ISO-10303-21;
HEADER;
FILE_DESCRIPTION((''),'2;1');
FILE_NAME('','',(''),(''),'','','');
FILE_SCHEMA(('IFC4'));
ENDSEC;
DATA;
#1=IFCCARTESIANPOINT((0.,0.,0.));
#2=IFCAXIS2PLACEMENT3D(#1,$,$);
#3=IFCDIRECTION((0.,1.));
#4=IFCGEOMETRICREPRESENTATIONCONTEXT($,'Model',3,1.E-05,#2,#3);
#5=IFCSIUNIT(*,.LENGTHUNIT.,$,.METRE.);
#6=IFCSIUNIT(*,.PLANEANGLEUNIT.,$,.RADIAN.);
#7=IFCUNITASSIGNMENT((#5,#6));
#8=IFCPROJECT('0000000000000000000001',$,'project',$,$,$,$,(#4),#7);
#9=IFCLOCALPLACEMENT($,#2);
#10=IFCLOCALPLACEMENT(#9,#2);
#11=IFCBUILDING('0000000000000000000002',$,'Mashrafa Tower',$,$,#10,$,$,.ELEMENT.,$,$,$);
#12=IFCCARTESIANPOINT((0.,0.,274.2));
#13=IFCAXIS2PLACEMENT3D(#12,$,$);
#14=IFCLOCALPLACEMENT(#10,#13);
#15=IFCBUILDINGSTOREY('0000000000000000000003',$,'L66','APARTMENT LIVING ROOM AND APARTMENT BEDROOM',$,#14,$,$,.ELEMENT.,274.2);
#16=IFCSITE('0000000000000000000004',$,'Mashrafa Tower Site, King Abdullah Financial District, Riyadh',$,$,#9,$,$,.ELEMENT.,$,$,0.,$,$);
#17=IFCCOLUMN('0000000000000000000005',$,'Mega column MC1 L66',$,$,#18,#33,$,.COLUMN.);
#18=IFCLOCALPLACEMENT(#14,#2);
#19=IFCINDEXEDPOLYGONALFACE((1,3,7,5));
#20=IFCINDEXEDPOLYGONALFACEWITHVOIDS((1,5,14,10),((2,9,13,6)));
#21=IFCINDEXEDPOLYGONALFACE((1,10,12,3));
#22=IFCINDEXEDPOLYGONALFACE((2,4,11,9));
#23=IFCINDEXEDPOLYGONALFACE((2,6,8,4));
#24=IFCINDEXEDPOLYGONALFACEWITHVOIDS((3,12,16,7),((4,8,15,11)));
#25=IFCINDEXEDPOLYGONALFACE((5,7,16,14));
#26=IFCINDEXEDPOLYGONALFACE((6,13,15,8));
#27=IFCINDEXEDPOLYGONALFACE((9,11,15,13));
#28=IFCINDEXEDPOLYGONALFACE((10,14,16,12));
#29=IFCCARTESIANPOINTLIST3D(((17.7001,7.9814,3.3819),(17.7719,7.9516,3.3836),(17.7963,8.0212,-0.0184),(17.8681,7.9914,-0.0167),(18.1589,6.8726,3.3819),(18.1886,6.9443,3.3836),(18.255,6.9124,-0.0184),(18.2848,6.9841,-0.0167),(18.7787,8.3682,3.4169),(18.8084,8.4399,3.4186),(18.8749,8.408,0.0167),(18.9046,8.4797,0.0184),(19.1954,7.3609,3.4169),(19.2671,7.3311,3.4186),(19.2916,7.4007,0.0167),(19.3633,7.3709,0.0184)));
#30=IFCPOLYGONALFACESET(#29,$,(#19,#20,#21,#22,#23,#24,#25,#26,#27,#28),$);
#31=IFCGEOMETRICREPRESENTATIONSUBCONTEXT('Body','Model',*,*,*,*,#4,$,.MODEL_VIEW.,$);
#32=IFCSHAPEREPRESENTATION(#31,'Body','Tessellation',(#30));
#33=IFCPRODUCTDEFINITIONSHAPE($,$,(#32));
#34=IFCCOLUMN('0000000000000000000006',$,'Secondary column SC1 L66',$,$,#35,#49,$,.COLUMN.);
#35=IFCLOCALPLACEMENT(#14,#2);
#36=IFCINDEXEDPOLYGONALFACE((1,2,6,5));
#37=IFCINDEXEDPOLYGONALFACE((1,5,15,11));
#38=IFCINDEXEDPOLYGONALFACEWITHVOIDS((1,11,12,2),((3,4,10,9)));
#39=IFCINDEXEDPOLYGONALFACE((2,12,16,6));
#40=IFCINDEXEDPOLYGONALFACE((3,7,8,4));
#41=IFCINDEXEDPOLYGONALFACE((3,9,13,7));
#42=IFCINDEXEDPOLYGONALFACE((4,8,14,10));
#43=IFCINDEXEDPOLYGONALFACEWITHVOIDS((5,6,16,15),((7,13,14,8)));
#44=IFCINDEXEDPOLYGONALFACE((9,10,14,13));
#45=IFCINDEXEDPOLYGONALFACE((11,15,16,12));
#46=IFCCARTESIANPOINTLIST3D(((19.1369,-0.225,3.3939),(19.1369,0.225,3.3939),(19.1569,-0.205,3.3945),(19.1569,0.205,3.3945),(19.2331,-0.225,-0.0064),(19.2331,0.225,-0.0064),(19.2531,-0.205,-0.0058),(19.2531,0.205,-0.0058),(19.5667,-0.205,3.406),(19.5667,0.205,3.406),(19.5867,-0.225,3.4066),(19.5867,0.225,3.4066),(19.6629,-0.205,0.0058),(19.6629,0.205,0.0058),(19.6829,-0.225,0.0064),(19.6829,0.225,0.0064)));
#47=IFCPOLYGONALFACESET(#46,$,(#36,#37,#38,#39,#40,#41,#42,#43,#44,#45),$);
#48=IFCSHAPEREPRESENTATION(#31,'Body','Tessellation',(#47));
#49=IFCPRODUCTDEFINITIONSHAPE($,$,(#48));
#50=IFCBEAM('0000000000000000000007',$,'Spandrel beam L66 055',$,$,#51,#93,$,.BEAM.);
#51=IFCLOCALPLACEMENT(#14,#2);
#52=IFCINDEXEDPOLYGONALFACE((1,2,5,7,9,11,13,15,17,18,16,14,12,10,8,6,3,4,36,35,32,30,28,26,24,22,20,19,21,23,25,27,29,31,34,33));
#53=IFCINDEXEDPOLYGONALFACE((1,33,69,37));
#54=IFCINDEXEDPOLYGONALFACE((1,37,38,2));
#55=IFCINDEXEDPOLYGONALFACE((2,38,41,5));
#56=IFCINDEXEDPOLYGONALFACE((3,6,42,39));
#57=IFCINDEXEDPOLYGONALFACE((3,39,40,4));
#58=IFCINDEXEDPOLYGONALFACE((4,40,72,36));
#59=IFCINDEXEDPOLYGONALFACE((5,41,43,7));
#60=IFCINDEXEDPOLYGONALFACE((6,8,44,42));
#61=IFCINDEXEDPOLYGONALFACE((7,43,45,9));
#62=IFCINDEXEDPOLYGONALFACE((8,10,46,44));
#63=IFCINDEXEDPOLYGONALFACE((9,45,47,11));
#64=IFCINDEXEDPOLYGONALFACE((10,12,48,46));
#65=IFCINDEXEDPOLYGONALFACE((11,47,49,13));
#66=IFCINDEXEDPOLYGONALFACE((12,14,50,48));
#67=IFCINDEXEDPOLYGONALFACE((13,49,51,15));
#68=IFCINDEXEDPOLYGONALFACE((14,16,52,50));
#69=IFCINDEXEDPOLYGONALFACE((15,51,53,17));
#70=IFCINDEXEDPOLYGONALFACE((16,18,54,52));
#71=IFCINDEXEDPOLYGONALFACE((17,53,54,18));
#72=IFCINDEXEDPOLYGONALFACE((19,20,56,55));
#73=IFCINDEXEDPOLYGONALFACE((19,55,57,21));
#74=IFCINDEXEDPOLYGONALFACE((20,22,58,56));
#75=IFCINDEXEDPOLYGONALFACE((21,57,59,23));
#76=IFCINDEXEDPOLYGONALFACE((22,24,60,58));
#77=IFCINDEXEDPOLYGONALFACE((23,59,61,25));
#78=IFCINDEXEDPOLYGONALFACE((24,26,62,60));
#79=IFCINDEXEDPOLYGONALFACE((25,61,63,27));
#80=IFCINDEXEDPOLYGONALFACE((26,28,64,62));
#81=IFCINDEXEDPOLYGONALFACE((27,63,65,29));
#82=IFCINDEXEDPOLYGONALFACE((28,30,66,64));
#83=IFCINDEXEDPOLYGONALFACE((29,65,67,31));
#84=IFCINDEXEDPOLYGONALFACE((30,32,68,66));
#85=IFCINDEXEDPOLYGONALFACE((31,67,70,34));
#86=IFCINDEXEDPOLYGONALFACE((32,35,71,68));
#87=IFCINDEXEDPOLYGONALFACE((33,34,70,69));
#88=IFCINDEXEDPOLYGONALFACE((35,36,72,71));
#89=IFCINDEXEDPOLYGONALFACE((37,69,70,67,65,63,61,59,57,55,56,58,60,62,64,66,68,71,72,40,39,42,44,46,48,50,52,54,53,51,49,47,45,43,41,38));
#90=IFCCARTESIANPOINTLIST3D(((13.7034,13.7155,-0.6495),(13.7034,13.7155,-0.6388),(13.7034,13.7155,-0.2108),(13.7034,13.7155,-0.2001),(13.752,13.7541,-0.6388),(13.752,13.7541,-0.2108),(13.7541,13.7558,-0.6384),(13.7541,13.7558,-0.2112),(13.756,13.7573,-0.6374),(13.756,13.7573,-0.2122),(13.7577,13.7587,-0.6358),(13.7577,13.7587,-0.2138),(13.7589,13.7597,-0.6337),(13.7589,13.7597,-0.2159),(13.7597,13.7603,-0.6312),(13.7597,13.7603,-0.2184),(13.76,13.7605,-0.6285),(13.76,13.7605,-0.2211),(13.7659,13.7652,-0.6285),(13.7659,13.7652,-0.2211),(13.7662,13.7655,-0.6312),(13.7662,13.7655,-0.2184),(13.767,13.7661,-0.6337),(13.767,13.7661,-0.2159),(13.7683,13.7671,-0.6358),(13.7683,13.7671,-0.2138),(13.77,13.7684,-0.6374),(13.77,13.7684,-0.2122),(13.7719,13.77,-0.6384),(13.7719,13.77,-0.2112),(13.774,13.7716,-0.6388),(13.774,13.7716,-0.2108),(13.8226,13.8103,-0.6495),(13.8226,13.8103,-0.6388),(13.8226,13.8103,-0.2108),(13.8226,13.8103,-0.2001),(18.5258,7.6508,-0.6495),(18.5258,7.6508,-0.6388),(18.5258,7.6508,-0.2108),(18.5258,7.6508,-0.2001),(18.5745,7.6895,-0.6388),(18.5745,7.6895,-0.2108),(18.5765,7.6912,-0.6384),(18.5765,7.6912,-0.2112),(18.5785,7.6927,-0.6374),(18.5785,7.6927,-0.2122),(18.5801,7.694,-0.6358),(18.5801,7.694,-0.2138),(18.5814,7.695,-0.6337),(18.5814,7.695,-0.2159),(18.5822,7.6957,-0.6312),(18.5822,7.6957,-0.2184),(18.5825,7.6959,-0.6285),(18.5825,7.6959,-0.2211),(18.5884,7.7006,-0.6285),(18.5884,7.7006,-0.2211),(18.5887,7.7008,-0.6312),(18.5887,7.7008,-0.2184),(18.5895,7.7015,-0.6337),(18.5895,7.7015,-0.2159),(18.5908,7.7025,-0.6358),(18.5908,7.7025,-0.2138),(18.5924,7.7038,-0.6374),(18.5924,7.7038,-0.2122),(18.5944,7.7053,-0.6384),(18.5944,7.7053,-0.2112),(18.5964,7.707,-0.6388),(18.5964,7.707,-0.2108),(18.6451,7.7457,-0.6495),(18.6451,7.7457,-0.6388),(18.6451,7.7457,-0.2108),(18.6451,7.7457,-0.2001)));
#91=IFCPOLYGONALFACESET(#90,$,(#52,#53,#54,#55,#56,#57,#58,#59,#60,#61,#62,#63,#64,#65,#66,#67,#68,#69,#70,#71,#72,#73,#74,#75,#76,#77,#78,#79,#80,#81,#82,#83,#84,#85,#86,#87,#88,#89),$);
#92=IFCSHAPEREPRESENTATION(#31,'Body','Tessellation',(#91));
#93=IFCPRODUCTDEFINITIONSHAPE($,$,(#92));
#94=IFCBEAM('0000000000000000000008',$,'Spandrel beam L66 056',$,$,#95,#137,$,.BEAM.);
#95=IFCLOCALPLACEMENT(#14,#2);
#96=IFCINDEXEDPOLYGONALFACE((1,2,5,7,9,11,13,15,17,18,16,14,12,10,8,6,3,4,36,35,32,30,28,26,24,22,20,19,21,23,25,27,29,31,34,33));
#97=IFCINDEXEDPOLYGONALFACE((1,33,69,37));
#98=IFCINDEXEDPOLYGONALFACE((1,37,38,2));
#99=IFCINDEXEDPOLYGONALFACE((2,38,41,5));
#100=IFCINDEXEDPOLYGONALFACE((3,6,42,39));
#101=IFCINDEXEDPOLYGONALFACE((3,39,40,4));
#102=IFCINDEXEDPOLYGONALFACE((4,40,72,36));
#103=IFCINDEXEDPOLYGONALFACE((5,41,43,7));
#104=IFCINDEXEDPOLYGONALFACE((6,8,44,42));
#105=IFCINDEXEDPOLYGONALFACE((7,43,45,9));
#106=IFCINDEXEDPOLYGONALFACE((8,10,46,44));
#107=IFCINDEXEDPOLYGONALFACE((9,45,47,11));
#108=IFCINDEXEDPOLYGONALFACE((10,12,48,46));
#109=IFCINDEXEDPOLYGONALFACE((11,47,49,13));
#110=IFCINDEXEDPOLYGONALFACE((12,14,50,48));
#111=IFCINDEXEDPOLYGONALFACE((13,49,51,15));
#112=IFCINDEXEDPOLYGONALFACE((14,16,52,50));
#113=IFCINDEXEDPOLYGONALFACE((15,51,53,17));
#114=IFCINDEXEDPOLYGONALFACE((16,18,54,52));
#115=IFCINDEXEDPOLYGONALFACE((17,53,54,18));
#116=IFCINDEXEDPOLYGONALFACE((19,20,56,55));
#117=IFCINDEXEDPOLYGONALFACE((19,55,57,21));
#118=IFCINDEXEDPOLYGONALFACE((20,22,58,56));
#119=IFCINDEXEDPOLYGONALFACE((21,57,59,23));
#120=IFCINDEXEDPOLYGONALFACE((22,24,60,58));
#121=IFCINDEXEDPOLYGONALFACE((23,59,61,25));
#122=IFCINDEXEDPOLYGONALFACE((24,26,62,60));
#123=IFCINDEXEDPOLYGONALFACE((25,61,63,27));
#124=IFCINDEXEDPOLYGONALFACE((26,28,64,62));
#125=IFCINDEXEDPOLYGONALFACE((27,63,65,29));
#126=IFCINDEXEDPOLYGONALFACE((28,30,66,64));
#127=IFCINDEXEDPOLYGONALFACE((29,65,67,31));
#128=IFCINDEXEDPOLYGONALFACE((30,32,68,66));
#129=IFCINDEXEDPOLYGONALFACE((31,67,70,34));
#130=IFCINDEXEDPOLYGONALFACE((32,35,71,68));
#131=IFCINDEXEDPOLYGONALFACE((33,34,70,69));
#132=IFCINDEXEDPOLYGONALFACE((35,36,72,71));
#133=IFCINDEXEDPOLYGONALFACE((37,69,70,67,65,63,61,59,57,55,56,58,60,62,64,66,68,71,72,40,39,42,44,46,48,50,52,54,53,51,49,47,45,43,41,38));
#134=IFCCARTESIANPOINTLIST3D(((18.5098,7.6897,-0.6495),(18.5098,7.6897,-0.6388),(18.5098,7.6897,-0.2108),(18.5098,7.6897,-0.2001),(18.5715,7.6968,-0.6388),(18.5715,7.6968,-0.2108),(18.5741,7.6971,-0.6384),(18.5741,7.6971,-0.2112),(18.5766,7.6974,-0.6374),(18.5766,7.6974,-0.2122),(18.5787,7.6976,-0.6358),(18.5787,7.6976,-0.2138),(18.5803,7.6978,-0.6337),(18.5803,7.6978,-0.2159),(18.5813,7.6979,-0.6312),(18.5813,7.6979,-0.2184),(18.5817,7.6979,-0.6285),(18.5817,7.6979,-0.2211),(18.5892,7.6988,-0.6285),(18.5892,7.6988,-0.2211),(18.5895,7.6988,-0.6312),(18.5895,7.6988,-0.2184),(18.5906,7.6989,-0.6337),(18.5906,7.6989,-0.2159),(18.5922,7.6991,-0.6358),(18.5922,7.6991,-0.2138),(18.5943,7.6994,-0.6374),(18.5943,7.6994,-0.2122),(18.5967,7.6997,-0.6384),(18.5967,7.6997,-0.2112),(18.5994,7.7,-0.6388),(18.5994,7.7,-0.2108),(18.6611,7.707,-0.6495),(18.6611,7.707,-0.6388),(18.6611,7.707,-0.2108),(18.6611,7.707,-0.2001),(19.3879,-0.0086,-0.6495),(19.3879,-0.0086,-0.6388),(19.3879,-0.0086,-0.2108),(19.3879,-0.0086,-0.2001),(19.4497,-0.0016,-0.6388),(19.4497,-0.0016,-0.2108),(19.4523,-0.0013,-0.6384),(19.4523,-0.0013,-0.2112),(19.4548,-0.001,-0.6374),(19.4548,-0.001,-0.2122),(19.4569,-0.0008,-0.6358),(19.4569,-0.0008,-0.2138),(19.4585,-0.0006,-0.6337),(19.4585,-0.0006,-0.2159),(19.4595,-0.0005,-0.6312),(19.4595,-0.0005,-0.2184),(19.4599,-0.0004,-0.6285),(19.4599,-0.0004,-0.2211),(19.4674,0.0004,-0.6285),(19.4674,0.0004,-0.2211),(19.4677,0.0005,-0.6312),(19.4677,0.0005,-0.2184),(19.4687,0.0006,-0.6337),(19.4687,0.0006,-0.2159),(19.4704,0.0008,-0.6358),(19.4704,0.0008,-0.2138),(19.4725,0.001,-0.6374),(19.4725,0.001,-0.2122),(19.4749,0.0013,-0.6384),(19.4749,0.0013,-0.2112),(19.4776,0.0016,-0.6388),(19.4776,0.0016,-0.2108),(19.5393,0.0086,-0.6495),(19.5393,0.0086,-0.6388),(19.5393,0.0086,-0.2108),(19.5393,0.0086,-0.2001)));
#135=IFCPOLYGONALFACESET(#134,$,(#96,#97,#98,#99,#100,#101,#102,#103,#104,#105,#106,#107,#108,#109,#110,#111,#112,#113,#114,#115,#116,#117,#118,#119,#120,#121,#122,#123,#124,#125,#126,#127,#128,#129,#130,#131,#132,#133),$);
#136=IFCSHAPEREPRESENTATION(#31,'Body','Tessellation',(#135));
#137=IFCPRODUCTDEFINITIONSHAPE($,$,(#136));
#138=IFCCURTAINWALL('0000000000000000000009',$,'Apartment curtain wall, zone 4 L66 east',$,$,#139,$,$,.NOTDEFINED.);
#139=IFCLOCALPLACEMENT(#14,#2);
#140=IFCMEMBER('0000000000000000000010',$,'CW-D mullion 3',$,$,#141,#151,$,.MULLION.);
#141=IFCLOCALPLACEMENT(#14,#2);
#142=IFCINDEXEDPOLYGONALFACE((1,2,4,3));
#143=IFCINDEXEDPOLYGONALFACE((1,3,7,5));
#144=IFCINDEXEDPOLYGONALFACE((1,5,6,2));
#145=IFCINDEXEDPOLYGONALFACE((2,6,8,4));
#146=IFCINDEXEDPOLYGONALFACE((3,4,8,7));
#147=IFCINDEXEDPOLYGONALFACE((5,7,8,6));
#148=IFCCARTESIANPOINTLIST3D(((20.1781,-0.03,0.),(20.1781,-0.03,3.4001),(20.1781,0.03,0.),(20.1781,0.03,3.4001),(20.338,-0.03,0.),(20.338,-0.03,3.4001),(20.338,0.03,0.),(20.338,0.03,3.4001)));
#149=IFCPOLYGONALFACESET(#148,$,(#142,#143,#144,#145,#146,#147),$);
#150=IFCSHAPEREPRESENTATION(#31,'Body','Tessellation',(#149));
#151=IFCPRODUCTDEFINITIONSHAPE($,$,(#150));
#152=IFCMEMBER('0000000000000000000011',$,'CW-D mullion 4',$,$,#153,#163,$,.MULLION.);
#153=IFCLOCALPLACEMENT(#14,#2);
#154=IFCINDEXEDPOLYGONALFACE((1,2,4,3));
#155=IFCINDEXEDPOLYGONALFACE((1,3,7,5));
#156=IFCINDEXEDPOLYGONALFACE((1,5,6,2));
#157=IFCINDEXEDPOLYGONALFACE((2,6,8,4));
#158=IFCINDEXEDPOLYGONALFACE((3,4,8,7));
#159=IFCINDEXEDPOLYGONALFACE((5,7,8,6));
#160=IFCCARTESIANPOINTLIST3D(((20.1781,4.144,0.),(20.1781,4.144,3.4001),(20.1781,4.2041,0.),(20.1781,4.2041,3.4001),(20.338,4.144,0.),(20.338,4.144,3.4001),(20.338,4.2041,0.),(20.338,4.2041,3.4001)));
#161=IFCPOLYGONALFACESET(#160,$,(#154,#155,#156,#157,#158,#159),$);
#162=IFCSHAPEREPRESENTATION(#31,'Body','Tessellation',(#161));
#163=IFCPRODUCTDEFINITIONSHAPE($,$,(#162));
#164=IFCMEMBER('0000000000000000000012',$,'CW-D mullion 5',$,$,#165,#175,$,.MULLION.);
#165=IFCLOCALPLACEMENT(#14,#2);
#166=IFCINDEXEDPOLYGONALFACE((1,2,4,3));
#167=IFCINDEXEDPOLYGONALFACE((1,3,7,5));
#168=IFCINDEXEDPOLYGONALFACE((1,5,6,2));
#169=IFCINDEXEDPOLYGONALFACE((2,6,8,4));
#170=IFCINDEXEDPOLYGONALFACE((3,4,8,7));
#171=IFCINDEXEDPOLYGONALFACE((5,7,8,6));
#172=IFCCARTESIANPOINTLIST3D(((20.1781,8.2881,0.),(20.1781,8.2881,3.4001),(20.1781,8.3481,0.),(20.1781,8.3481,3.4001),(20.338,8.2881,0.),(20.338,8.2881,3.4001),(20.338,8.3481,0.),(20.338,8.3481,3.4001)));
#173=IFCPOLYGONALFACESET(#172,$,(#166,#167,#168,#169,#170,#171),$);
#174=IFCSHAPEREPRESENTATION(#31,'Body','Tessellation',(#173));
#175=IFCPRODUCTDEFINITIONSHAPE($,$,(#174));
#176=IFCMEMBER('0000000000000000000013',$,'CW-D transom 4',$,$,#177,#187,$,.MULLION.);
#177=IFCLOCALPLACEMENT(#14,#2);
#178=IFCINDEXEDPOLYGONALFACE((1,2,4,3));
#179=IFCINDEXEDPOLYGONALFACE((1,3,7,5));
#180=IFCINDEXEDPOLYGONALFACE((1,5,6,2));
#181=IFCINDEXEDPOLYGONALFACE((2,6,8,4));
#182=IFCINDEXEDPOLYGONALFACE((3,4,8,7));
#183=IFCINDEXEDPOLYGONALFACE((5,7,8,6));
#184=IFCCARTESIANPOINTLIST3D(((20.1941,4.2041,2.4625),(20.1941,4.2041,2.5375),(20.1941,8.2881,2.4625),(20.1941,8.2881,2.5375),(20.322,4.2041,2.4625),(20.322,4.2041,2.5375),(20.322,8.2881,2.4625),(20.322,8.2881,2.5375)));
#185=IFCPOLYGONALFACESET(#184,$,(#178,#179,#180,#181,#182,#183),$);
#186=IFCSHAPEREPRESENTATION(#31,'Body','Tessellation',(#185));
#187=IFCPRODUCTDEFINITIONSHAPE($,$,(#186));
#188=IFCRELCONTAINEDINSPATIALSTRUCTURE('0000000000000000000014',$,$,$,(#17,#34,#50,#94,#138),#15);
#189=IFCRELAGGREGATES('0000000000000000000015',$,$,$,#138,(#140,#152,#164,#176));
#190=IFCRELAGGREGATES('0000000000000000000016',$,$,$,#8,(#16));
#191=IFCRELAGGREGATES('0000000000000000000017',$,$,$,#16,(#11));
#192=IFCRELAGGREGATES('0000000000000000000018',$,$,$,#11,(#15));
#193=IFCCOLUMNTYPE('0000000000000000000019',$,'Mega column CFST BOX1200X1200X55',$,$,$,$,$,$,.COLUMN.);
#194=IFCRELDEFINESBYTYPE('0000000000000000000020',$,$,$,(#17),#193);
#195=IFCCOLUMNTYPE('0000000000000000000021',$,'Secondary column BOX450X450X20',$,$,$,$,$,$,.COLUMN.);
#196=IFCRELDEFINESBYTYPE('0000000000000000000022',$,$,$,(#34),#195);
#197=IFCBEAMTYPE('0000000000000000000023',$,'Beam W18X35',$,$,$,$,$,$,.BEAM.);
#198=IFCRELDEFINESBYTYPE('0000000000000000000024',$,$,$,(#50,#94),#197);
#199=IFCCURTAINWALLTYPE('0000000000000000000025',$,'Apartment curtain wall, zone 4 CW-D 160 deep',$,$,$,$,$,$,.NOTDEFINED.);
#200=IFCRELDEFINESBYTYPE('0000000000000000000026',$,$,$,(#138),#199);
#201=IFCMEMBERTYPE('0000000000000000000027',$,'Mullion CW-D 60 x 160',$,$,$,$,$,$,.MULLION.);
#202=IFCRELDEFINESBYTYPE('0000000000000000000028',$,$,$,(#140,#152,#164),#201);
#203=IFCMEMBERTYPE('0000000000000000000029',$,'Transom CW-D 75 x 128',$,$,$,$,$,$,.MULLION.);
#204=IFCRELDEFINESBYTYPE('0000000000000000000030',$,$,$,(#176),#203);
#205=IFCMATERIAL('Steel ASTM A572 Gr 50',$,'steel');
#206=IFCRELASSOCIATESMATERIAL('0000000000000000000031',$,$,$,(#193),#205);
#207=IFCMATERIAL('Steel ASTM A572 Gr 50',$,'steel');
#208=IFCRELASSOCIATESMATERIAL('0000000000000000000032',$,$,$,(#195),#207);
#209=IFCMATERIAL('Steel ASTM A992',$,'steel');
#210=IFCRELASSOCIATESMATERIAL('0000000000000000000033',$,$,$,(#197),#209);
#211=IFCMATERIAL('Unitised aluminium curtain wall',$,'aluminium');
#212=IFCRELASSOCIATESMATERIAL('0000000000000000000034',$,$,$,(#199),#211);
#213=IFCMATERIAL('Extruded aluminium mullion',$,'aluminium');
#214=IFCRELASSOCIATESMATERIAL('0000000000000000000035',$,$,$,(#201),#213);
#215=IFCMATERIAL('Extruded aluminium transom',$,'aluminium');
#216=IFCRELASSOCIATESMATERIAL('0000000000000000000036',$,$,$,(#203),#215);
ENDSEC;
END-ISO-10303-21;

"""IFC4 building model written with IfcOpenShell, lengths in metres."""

from ifc_helpers import new_model, si_unit, direction, frame, origin, origin_2d, place, context, subcontext, project, spatial, rectangle, hollow_rectangle, i_section, extrude, source, transform, mapped, material, material_profile, profile_set, type_object, type_shapes, element, aggregate, save


model = new_model("IFC4")

# Units and contexts
model_context = context("Model", 3, precision=1e-05, world=origin(), true_north=direction((0.0, 1.0)))
body_context = subcontext(model_context, "Body", "Model", "MODEL_VIEW")
ifc_project = project(units=[si_unit("LENGTHUNIT", "METRE"), si_unit("PLANEANGLEUNIT", "RADIAN")], contexts=[model_context])

# Site, building, storey
site_placement = place(None, origin())
site = spatial("IfcSite", under=ifc_project, at=site_placement, Name="Mashrafa Tower Site, King Abdullah Financial District, Riyadh", CompositionType="ELEMENT", RefElevation=0.0)
building_placement = place(site_placement, origin())
building = spatial("IfcBuilding", under=site, at=building_placement, Name="Mashrafa Tower", CompositionType="ELEMENT")
storey_placement = place(building_placement, frame((0.0, 0.0, 274.2)))
storey = spatial("IfcBuildingStorey", under=building, at=storey_placement, Name="L66", Description="APARTMENT LIVING ROOM AND APARTMENT BEDROOM", CompositionType="ELEMENT", Elevation=274.2)

# Columns
ifc_material_1 = material(Name="Steel ASTM A572 Gr 50", Category="steel")
ifc_material_profile_1 = material_profile(ifc_material_1, hollow_rectangle(XDim=1.2, YDim=1.2, WallThickness=0.0549, at=origin_2d()), Name="BOX1200X1200X55")
ifc_profile_set_1 = profile_set([ifc_material_profile_1], Name="Steel ASTM A572 Gr 50")
column_type_1 = type_object("IfcColumnType", Name="Mega column CFST BOX1200X1200X55", PredefinedType="COLUMN", material=ifc_profile_set_1)
column_1_placement = place(storey_placement, frame((18.5798, 7.696, 0.0), z_axis=(-0.028277, -0.011698, 0.999532), x_axis=(0.382283, -0.924045, 0.0)))
element("IfcColumn", 1, at=column_1_placement, inside=storey, type_object=column_type_1, Name="Mega column MC1 L66", PredefinedType="COLUMN", context=body_context, shape_type="SweptSolid", body=[
    extrude(hollow_rectangle(XDim=1.2, YDim=1.2, WallThickness=0.0549, at=origin_2d()), origin(), (0.0, 0.0, 1.0), 3.4019),
])
ifc_material_2 = material(Name="Steel ASTM A572 Gr 50", Category="steel")
ifc_material_profile_2 = material_profile(ifc_material_2, hollow_rectangle(XDim=0.45, YDim=0.45, WallThickness=0.02, at=origin_2d()), Name="BOX450X450X20")
ifc_profile_set_2 = profile_set([ifc_material_profile_2], Name="Steel ASTM A572 Gr 50")
column_type_2 = type_object("IfcColumnType", Name="Secondary column BOX450X450X20", PredefinedType="COLUMN", material=ifc_profile_set_2)
column_2_placement = place(storey_placement, frame((19.458, 0.0, 0.0), z_axis=(-0.028279, 0.0, 0.9996), x_axis=(0.0, -1.0, 0.0)))
element("IfcColumn", 2, at=column_2_placement, inside=storey, type_object=column_type_2, Name="Secondary column SC1 L66", PredefinedType="COLUMN", context=body_context, shape_type="SweptSolid", body=[
    extrude(hollow_rectangle(XDim=0.45, YDim=0.45, WallThickness=0.02, at=origin_2d()), origin(), (0.0, 0.0, 1.0), 3.4016),
])

# Beams
ifc_material_3 = material(Name="Steel ASTM A992", Category="steel")
ifc_material_profile_3 = material_profile(ifc_material_3, i_section(OverallWidth=0.1523, OverallDepth=0.4495, WebThickness=0.0076, FlangeThickness=0.0107, FilletRadius=0.0103, at=origin_2d()), Name="W18X35")
ifc_profile_set_3 = profile_set([ifc_material_profile_3], Name="Steel ASTM A992")
beam_type = type_object("IfcBeamType", Name="Beam W18X35", PredefinedType="BEAM", material=ifc_profile_set_3)
for number, where, z_axis, x_axis, name in (
    (3, (18.5854, 7.6982, -0.4248), (-0.622391, 0.782707, 0.0), (-0.782707, -0.622391, 0.0), "Spandrel beam L66 055"),
    (4, (19.4636, 0.0, -0.4248), (-0.11334, 0.993556, 0.0), (-0.993556, -0.11334, 0.0), "Spandrel beam L66 056"),
):
    element("IfcBeam", number, at=place(storey_placement, frame(where, z_axis=z_axis, x_axis=x_axis)), inside=storey, type_object=beam_type, Name=name, PredefinedType="BEAM", context=body_context, shape_type="SweptSolid", body=[
        extrude(i_section(OverallWidth=0.1523, OverallDepth=0.4495, WebThickness=0.0076, FlangeThickness=0.0107, FilletRadius=0.0103, at=origin_2d()), origin(), (0.0, 0.0, 1.0), 7.7483),
    ])

# Curtain wall, members
ifc_material_4 = material(Name="Unitised aluminium curtain wall", Category="aluminium")
curtain_wall_type = type_object("IfcCurtainWallType", Name="Apartment curtain wall, zone 4 CW-D 160 deep", PredefinedType="NOTDEFINED", material=ifc_material_4)
curtain_wall_placement = place(storey_placement, origin())
curtain_wall = element("IfcCurtainWall", 5, at=curtain_wall_placement, inside=storey, type_object=curtain_wall_type, Name="Apartment curtain wall, zone 4 L66 east", PredefinedType="NOTDEFINED")
ifc_material_5 = material(Name="Extruded aluminium mullion", Category="aluminium")
ifc_material_profile_4 = material_profile(ifc_material_5, rectangle(XDim=0.1599, YDim=0.0601, at=origin_2d()), Name="Mullion 60x160")
ifc_profile_set_4 = profile_set([ifc_material_profile_4], Name="Extruded aluminium mullion")
member_type_1 = type_object("IfcMemberType", Name="Mullion CW-D 60 x 160", PredefinedType="MULLION", material=ifc_profile_set_4)
shared_shape_1 = source(origin(), body_context, "Body", "SweptSolid", [
    extrude(rectangle(XDim=0.1599, YDim=0.0601, at=origin_2d()), origin(), (0.0, 0.0, 1.0), 3.4001),
])
type_shapes(member_type_1, [shared_shape_1])
member_1_placement = place(storey_placement, frame((20.2581, 0.0, 0.0), z_axis=(0.0, 0.0, 1.0), x_axis=(-1.0, 0.0, 0.0)))
member_1 = element("IfcMember", 6, at=member_1_placement, type_object=member_type_1, Name="CW-D mullion 3", PredefinedType="MULLION", context=body_context, shape_type="MappedRepresentation", body=[
    mapped(shared_shape_1, transform((0.0, 0.0, 0.0))),
])
member_2_placement = place(storey_placement, frame((20.2581, 4.1741, 0.0), z_axis=(0.0, 0.0, 1.0), x_axis=(-1.0, 0.0, 0.0)))
member_2 = element("IfcMember", 7, at=member_2_placement, type_object=member_type_1, Name="CW-D mullion 4", PredefinedType="MULLION", context=body_context, shape_type="MappedRepresentation", body=[
    mapped(shared_shape_1, transform((0.0, 0.0, 0.0))),
])
member_3_placement = place(storey_placement, frame((20.2581, 8.3181, 0.0), z_axis=(0.0, 0.0, 1.0), x_axis=(-1.0, 0.0, 0.0)))
member_3 = element("IfcMember", 8, at=member_3_placement, type_object=member_type_1, Name="CW-D mullion 5", PredefinedType="MULLION", context=body_context, shape_type="MappedRepresentation", body=[
    mapped(shared_shape_1, transform((0.0, 0.0, 0.0))),
])
ifc_material_6 = material(Name="Extruded aluminium transom", Category="aluminium")
ifc_material_profile_5 = material_profile(ifc_material_6, rectangle(XDim=0.1279, YDim=0.075, at=origin_2d()), Name="Transom 75x128")
ifc_profile_set_5 = profile_set([ifc_material_profile_5], Name="Extruded aluminium transom")
member_type_2 = type_object("IfcMemberType", Name="Transom CW-D 75 x 128", PredefinedType="MULLION", material=ifc_profile_set_5)
shared_shape_2 = source(origin(), body_context, "Body", "SweptSolid", [
    extrude(rectangle(XDim=0.1279, YDim=0.075, at=origin_2d()), origin(), (0.0, 0.0, 1.0), 4.084),
])
member_4_placement = place(storey_placement, frame((20.2581, 4.2041, 2.5), z_axis=(0.0, 1.0, 0.0), x_axis=(-1.0, 0.0, 0.0)))
member_4 = element("IfcMember", 9, at=member_4_placement, type_object=member_type_2, Name="CW-D transom 4", PredefinedType="MULLION", context=body_context, shape_type="MappedRepresentation", body=[
    mapped(shared_shape_2, transform((0.0, 0.0, 0.0))),
])
aggregate(curtain_wall, [member_1, member_2, member_3, member_4])

save(model, "model.ifc")
